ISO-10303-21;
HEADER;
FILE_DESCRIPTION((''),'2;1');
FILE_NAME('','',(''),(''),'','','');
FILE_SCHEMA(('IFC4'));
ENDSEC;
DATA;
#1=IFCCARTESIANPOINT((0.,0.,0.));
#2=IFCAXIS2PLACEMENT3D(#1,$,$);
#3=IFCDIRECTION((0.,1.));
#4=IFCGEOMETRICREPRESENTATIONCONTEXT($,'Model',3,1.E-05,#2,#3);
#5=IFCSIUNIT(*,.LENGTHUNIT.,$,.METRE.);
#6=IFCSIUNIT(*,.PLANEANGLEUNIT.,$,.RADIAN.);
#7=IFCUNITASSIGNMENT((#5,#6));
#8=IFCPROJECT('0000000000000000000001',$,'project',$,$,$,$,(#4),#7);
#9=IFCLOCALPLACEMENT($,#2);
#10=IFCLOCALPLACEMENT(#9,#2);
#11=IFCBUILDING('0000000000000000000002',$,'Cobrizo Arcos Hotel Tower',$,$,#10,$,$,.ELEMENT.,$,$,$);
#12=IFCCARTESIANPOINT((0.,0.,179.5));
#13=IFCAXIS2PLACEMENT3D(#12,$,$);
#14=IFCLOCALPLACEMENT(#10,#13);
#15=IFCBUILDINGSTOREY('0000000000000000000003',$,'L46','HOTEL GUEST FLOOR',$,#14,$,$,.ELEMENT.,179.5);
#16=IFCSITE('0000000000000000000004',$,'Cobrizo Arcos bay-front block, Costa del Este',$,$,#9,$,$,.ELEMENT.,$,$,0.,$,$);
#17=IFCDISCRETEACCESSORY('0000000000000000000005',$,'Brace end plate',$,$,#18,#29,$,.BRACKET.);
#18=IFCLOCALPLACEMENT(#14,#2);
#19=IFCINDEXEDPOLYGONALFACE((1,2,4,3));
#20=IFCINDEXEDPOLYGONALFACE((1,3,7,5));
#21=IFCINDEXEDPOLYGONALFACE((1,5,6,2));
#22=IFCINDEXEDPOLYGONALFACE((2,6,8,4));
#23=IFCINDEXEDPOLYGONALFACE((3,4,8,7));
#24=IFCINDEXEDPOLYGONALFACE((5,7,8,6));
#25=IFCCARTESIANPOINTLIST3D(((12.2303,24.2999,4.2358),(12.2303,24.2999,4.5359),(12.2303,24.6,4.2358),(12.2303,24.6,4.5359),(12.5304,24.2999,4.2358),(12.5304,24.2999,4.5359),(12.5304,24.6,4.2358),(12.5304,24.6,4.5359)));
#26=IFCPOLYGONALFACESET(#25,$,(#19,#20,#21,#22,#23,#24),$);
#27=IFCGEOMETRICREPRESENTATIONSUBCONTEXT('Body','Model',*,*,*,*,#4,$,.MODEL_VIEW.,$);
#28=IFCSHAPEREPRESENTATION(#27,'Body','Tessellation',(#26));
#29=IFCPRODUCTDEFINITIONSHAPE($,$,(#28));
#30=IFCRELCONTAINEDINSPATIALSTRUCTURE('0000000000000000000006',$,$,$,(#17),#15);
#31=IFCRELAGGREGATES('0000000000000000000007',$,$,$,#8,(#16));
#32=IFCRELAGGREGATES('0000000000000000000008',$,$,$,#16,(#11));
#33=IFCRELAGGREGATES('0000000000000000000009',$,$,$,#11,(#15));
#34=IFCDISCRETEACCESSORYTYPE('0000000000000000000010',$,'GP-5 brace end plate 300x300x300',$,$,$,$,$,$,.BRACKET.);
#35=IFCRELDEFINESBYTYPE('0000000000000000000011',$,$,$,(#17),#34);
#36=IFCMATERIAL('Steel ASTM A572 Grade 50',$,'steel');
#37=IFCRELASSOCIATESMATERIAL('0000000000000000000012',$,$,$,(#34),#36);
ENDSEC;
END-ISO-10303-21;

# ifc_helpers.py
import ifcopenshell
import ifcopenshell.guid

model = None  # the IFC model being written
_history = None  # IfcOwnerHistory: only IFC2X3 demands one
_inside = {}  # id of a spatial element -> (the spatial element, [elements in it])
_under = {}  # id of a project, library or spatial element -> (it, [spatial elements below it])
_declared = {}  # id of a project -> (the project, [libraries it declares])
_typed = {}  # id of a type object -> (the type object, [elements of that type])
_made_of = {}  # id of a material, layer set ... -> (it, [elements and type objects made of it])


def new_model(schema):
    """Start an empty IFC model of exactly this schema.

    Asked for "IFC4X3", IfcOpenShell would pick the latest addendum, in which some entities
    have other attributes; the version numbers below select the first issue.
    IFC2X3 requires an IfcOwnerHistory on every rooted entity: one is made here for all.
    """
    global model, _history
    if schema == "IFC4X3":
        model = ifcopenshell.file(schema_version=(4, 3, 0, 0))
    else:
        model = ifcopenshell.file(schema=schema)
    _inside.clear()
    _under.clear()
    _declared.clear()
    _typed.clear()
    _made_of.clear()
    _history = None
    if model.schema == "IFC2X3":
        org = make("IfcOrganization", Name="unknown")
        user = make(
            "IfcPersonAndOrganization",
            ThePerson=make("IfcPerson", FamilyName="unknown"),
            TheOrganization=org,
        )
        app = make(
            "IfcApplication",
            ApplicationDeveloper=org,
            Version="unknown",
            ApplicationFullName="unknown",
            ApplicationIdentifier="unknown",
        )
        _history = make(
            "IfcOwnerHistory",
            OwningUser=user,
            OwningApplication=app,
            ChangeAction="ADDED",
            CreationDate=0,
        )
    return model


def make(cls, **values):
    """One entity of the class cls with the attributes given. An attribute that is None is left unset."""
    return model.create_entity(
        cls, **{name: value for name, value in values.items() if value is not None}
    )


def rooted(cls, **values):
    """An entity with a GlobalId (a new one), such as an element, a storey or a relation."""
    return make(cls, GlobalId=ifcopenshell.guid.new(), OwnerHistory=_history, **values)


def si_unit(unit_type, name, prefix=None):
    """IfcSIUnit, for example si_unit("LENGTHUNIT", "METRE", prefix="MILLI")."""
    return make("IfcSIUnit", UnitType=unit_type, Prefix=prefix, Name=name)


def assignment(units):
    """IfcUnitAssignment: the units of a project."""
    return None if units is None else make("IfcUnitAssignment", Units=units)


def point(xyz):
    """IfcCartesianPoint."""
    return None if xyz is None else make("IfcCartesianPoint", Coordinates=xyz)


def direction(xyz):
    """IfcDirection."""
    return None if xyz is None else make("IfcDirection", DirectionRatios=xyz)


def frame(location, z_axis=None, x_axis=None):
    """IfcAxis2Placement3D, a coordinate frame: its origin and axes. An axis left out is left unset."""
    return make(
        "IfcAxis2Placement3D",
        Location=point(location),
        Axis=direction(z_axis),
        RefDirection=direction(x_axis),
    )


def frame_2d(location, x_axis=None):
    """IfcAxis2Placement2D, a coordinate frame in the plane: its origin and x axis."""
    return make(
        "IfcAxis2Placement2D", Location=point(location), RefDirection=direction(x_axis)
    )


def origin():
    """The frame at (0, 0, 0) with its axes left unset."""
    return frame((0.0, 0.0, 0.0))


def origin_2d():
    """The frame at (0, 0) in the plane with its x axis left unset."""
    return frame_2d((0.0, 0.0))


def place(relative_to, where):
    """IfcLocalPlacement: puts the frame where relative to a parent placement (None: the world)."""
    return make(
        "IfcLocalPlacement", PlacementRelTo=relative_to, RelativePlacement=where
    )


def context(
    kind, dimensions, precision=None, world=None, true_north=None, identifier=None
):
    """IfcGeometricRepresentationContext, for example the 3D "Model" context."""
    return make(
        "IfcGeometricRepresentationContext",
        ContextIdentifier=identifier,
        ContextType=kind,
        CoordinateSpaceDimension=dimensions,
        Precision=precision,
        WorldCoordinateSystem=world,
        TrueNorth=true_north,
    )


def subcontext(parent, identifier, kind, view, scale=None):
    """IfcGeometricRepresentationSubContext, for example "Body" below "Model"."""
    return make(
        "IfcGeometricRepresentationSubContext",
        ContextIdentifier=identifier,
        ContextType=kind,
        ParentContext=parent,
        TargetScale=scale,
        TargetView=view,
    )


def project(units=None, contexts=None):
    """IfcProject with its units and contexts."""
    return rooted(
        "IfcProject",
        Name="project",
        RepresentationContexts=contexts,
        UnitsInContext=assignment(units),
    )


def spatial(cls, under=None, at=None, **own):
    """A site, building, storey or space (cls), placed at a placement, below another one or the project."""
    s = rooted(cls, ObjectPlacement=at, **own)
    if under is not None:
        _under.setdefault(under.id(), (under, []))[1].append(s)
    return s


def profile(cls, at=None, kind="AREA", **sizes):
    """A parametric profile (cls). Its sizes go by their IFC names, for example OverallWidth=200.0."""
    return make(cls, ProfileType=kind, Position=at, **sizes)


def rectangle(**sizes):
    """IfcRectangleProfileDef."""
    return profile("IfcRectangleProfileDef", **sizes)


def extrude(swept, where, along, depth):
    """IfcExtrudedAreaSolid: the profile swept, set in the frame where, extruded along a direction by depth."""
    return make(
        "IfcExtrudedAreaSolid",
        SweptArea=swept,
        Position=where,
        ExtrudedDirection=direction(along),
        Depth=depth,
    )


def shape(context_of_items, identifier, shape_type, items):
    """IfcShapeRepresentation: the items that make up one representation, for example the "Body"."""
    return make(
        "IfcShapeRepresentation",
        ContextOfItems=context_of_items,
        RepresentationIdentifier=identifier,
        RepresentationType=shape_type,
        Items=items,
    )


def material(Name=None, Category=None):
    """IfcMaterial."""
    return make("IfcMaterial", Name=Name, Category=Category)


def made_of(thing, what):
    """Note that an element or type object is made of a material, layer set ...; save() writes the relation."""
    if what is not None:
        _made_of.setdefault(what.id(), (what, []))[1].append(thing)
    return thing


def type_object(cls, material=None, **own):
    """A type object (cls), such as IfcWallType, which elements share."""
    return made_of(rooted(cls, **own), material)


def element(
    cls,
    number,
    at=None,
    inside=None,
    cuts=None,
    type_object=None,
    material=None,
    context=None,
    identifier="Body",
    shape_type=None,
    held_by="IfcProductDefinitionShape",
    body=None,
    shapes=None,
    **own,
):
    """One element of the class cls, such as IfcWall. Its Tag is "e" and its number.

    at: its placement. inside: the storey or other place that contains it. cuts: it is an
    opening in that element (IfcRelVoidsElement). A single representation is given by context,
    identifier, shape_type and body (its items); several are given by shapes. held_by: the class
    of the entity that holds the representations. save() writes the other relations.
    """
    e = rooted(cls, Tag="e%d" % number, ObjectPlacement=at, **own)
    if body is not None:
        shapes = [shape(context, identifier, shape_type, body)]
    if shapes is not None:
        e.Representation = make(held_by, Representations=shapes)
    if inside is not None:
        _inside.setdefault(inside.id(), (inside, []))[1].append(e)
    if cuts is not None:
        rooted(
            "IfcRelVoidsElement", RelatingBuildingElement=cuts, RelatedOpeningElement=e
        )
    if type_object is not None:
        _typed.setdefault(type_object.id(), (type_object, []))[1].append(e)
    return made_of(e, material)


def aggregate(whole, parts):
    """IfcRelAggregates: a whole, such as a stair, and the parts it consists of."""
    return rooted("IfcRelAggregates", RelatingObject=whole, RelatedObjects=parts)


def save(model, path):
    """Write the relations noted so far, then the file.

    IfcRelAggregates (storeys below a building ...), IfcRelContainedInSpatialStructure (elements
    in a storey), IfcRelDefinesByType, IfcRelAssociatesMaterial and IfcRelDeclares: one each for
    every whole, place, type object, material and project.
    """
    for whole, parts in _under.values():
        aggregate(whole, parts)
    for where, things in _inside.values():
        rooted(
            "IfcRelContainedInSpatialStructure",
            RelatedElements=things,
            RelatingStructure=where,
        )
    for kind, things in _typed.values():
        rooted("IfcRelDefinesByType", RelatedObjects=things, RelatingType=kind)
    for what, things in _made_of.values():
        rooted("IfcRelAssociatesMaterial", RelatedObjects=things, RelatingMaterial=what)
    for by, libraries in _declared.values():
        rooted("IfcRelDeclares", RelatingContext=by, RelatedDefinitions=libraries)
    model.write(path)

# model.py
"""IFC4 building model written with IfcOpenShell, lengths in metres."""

from ifc_helpers import new_model, si_unit, direction, frame, origin, origin_2d, place, context, subcontext, project, spatial, rectangle, extrude, material, type_object, element, save


model = new_model("IFC4")

# Units and contexts
model_context = context("Model", 3, precision=1e-05, world=origin(), true_north=direction((0.0, 1.0)))
body_context = subcontext(model_context, "Body", "Model", "MODEL_VIEW")
ifc_project = project(units=[si_unit("LENGTHUNIT", "METRE"), si_unit("PLANEANGLEUNIT", "RADIAN")], contexts=[model_context])

# Site, building, storey
site_placement = place(None, origin())
site = spatial("IfcSite", under=ifc_project, at=site_placement, Name="Cobrizo Arcos bay-front block, Costa del Este", CompositionType="ELEMENT", RefElevation=0.0)
building_placement = place(site_placement, origin())
building = spatial("IfcBuilding", under=site, at=building_placement, Name="Cobrizo Arcos Hotel Tower", CompositionType="ELEMENT")
storey_placement = place(building_placement, frame((0.0, 0.0, 179.5)))
storey = spatial("IfcBuildingStorey", under=building, at=storey_placement, Name="L46", Description="HOTEL GUEST FLOOR", CompositionType="ELEMENT", Elevation=179.5)

# Shared definitions
ifc_material_1 = material(Name="Steel ASTM A572 Grade 50", Category="steel")

# Discrete accessory
discrete_accessory_type_1 = type_object("IfcDiscreteAccessoryType", Name="GP-5 brace end plate 300x300x300", PredefinedType="BRACKET", material=ifc_material_1)
for number, where, z_axis, x_axis, name in (
    (1, (12.3804, 24.45, 4.2358), (0.0, 0.0, 1.0), (1.0, 0.0, 0.0), "Brace end plate"),
):
    element("IfcDiscreteAccessory", number, at=place(storey_placement, frame(where, z_axis=z_axis, x_axis=x_axis)), inside=storey, type_object=discrete_accessory_type_1, Name=name, PredefinedType="BRACKET", context=body_context, shape_type="SweptSolid", body=[
        extrude(rectangle(XDim=0.3, YDim=0.3, at=origin_2d()), origin(), (0.0, 0.0, 1.0), 0.3),
    ])

save(model, "model.ifc")
